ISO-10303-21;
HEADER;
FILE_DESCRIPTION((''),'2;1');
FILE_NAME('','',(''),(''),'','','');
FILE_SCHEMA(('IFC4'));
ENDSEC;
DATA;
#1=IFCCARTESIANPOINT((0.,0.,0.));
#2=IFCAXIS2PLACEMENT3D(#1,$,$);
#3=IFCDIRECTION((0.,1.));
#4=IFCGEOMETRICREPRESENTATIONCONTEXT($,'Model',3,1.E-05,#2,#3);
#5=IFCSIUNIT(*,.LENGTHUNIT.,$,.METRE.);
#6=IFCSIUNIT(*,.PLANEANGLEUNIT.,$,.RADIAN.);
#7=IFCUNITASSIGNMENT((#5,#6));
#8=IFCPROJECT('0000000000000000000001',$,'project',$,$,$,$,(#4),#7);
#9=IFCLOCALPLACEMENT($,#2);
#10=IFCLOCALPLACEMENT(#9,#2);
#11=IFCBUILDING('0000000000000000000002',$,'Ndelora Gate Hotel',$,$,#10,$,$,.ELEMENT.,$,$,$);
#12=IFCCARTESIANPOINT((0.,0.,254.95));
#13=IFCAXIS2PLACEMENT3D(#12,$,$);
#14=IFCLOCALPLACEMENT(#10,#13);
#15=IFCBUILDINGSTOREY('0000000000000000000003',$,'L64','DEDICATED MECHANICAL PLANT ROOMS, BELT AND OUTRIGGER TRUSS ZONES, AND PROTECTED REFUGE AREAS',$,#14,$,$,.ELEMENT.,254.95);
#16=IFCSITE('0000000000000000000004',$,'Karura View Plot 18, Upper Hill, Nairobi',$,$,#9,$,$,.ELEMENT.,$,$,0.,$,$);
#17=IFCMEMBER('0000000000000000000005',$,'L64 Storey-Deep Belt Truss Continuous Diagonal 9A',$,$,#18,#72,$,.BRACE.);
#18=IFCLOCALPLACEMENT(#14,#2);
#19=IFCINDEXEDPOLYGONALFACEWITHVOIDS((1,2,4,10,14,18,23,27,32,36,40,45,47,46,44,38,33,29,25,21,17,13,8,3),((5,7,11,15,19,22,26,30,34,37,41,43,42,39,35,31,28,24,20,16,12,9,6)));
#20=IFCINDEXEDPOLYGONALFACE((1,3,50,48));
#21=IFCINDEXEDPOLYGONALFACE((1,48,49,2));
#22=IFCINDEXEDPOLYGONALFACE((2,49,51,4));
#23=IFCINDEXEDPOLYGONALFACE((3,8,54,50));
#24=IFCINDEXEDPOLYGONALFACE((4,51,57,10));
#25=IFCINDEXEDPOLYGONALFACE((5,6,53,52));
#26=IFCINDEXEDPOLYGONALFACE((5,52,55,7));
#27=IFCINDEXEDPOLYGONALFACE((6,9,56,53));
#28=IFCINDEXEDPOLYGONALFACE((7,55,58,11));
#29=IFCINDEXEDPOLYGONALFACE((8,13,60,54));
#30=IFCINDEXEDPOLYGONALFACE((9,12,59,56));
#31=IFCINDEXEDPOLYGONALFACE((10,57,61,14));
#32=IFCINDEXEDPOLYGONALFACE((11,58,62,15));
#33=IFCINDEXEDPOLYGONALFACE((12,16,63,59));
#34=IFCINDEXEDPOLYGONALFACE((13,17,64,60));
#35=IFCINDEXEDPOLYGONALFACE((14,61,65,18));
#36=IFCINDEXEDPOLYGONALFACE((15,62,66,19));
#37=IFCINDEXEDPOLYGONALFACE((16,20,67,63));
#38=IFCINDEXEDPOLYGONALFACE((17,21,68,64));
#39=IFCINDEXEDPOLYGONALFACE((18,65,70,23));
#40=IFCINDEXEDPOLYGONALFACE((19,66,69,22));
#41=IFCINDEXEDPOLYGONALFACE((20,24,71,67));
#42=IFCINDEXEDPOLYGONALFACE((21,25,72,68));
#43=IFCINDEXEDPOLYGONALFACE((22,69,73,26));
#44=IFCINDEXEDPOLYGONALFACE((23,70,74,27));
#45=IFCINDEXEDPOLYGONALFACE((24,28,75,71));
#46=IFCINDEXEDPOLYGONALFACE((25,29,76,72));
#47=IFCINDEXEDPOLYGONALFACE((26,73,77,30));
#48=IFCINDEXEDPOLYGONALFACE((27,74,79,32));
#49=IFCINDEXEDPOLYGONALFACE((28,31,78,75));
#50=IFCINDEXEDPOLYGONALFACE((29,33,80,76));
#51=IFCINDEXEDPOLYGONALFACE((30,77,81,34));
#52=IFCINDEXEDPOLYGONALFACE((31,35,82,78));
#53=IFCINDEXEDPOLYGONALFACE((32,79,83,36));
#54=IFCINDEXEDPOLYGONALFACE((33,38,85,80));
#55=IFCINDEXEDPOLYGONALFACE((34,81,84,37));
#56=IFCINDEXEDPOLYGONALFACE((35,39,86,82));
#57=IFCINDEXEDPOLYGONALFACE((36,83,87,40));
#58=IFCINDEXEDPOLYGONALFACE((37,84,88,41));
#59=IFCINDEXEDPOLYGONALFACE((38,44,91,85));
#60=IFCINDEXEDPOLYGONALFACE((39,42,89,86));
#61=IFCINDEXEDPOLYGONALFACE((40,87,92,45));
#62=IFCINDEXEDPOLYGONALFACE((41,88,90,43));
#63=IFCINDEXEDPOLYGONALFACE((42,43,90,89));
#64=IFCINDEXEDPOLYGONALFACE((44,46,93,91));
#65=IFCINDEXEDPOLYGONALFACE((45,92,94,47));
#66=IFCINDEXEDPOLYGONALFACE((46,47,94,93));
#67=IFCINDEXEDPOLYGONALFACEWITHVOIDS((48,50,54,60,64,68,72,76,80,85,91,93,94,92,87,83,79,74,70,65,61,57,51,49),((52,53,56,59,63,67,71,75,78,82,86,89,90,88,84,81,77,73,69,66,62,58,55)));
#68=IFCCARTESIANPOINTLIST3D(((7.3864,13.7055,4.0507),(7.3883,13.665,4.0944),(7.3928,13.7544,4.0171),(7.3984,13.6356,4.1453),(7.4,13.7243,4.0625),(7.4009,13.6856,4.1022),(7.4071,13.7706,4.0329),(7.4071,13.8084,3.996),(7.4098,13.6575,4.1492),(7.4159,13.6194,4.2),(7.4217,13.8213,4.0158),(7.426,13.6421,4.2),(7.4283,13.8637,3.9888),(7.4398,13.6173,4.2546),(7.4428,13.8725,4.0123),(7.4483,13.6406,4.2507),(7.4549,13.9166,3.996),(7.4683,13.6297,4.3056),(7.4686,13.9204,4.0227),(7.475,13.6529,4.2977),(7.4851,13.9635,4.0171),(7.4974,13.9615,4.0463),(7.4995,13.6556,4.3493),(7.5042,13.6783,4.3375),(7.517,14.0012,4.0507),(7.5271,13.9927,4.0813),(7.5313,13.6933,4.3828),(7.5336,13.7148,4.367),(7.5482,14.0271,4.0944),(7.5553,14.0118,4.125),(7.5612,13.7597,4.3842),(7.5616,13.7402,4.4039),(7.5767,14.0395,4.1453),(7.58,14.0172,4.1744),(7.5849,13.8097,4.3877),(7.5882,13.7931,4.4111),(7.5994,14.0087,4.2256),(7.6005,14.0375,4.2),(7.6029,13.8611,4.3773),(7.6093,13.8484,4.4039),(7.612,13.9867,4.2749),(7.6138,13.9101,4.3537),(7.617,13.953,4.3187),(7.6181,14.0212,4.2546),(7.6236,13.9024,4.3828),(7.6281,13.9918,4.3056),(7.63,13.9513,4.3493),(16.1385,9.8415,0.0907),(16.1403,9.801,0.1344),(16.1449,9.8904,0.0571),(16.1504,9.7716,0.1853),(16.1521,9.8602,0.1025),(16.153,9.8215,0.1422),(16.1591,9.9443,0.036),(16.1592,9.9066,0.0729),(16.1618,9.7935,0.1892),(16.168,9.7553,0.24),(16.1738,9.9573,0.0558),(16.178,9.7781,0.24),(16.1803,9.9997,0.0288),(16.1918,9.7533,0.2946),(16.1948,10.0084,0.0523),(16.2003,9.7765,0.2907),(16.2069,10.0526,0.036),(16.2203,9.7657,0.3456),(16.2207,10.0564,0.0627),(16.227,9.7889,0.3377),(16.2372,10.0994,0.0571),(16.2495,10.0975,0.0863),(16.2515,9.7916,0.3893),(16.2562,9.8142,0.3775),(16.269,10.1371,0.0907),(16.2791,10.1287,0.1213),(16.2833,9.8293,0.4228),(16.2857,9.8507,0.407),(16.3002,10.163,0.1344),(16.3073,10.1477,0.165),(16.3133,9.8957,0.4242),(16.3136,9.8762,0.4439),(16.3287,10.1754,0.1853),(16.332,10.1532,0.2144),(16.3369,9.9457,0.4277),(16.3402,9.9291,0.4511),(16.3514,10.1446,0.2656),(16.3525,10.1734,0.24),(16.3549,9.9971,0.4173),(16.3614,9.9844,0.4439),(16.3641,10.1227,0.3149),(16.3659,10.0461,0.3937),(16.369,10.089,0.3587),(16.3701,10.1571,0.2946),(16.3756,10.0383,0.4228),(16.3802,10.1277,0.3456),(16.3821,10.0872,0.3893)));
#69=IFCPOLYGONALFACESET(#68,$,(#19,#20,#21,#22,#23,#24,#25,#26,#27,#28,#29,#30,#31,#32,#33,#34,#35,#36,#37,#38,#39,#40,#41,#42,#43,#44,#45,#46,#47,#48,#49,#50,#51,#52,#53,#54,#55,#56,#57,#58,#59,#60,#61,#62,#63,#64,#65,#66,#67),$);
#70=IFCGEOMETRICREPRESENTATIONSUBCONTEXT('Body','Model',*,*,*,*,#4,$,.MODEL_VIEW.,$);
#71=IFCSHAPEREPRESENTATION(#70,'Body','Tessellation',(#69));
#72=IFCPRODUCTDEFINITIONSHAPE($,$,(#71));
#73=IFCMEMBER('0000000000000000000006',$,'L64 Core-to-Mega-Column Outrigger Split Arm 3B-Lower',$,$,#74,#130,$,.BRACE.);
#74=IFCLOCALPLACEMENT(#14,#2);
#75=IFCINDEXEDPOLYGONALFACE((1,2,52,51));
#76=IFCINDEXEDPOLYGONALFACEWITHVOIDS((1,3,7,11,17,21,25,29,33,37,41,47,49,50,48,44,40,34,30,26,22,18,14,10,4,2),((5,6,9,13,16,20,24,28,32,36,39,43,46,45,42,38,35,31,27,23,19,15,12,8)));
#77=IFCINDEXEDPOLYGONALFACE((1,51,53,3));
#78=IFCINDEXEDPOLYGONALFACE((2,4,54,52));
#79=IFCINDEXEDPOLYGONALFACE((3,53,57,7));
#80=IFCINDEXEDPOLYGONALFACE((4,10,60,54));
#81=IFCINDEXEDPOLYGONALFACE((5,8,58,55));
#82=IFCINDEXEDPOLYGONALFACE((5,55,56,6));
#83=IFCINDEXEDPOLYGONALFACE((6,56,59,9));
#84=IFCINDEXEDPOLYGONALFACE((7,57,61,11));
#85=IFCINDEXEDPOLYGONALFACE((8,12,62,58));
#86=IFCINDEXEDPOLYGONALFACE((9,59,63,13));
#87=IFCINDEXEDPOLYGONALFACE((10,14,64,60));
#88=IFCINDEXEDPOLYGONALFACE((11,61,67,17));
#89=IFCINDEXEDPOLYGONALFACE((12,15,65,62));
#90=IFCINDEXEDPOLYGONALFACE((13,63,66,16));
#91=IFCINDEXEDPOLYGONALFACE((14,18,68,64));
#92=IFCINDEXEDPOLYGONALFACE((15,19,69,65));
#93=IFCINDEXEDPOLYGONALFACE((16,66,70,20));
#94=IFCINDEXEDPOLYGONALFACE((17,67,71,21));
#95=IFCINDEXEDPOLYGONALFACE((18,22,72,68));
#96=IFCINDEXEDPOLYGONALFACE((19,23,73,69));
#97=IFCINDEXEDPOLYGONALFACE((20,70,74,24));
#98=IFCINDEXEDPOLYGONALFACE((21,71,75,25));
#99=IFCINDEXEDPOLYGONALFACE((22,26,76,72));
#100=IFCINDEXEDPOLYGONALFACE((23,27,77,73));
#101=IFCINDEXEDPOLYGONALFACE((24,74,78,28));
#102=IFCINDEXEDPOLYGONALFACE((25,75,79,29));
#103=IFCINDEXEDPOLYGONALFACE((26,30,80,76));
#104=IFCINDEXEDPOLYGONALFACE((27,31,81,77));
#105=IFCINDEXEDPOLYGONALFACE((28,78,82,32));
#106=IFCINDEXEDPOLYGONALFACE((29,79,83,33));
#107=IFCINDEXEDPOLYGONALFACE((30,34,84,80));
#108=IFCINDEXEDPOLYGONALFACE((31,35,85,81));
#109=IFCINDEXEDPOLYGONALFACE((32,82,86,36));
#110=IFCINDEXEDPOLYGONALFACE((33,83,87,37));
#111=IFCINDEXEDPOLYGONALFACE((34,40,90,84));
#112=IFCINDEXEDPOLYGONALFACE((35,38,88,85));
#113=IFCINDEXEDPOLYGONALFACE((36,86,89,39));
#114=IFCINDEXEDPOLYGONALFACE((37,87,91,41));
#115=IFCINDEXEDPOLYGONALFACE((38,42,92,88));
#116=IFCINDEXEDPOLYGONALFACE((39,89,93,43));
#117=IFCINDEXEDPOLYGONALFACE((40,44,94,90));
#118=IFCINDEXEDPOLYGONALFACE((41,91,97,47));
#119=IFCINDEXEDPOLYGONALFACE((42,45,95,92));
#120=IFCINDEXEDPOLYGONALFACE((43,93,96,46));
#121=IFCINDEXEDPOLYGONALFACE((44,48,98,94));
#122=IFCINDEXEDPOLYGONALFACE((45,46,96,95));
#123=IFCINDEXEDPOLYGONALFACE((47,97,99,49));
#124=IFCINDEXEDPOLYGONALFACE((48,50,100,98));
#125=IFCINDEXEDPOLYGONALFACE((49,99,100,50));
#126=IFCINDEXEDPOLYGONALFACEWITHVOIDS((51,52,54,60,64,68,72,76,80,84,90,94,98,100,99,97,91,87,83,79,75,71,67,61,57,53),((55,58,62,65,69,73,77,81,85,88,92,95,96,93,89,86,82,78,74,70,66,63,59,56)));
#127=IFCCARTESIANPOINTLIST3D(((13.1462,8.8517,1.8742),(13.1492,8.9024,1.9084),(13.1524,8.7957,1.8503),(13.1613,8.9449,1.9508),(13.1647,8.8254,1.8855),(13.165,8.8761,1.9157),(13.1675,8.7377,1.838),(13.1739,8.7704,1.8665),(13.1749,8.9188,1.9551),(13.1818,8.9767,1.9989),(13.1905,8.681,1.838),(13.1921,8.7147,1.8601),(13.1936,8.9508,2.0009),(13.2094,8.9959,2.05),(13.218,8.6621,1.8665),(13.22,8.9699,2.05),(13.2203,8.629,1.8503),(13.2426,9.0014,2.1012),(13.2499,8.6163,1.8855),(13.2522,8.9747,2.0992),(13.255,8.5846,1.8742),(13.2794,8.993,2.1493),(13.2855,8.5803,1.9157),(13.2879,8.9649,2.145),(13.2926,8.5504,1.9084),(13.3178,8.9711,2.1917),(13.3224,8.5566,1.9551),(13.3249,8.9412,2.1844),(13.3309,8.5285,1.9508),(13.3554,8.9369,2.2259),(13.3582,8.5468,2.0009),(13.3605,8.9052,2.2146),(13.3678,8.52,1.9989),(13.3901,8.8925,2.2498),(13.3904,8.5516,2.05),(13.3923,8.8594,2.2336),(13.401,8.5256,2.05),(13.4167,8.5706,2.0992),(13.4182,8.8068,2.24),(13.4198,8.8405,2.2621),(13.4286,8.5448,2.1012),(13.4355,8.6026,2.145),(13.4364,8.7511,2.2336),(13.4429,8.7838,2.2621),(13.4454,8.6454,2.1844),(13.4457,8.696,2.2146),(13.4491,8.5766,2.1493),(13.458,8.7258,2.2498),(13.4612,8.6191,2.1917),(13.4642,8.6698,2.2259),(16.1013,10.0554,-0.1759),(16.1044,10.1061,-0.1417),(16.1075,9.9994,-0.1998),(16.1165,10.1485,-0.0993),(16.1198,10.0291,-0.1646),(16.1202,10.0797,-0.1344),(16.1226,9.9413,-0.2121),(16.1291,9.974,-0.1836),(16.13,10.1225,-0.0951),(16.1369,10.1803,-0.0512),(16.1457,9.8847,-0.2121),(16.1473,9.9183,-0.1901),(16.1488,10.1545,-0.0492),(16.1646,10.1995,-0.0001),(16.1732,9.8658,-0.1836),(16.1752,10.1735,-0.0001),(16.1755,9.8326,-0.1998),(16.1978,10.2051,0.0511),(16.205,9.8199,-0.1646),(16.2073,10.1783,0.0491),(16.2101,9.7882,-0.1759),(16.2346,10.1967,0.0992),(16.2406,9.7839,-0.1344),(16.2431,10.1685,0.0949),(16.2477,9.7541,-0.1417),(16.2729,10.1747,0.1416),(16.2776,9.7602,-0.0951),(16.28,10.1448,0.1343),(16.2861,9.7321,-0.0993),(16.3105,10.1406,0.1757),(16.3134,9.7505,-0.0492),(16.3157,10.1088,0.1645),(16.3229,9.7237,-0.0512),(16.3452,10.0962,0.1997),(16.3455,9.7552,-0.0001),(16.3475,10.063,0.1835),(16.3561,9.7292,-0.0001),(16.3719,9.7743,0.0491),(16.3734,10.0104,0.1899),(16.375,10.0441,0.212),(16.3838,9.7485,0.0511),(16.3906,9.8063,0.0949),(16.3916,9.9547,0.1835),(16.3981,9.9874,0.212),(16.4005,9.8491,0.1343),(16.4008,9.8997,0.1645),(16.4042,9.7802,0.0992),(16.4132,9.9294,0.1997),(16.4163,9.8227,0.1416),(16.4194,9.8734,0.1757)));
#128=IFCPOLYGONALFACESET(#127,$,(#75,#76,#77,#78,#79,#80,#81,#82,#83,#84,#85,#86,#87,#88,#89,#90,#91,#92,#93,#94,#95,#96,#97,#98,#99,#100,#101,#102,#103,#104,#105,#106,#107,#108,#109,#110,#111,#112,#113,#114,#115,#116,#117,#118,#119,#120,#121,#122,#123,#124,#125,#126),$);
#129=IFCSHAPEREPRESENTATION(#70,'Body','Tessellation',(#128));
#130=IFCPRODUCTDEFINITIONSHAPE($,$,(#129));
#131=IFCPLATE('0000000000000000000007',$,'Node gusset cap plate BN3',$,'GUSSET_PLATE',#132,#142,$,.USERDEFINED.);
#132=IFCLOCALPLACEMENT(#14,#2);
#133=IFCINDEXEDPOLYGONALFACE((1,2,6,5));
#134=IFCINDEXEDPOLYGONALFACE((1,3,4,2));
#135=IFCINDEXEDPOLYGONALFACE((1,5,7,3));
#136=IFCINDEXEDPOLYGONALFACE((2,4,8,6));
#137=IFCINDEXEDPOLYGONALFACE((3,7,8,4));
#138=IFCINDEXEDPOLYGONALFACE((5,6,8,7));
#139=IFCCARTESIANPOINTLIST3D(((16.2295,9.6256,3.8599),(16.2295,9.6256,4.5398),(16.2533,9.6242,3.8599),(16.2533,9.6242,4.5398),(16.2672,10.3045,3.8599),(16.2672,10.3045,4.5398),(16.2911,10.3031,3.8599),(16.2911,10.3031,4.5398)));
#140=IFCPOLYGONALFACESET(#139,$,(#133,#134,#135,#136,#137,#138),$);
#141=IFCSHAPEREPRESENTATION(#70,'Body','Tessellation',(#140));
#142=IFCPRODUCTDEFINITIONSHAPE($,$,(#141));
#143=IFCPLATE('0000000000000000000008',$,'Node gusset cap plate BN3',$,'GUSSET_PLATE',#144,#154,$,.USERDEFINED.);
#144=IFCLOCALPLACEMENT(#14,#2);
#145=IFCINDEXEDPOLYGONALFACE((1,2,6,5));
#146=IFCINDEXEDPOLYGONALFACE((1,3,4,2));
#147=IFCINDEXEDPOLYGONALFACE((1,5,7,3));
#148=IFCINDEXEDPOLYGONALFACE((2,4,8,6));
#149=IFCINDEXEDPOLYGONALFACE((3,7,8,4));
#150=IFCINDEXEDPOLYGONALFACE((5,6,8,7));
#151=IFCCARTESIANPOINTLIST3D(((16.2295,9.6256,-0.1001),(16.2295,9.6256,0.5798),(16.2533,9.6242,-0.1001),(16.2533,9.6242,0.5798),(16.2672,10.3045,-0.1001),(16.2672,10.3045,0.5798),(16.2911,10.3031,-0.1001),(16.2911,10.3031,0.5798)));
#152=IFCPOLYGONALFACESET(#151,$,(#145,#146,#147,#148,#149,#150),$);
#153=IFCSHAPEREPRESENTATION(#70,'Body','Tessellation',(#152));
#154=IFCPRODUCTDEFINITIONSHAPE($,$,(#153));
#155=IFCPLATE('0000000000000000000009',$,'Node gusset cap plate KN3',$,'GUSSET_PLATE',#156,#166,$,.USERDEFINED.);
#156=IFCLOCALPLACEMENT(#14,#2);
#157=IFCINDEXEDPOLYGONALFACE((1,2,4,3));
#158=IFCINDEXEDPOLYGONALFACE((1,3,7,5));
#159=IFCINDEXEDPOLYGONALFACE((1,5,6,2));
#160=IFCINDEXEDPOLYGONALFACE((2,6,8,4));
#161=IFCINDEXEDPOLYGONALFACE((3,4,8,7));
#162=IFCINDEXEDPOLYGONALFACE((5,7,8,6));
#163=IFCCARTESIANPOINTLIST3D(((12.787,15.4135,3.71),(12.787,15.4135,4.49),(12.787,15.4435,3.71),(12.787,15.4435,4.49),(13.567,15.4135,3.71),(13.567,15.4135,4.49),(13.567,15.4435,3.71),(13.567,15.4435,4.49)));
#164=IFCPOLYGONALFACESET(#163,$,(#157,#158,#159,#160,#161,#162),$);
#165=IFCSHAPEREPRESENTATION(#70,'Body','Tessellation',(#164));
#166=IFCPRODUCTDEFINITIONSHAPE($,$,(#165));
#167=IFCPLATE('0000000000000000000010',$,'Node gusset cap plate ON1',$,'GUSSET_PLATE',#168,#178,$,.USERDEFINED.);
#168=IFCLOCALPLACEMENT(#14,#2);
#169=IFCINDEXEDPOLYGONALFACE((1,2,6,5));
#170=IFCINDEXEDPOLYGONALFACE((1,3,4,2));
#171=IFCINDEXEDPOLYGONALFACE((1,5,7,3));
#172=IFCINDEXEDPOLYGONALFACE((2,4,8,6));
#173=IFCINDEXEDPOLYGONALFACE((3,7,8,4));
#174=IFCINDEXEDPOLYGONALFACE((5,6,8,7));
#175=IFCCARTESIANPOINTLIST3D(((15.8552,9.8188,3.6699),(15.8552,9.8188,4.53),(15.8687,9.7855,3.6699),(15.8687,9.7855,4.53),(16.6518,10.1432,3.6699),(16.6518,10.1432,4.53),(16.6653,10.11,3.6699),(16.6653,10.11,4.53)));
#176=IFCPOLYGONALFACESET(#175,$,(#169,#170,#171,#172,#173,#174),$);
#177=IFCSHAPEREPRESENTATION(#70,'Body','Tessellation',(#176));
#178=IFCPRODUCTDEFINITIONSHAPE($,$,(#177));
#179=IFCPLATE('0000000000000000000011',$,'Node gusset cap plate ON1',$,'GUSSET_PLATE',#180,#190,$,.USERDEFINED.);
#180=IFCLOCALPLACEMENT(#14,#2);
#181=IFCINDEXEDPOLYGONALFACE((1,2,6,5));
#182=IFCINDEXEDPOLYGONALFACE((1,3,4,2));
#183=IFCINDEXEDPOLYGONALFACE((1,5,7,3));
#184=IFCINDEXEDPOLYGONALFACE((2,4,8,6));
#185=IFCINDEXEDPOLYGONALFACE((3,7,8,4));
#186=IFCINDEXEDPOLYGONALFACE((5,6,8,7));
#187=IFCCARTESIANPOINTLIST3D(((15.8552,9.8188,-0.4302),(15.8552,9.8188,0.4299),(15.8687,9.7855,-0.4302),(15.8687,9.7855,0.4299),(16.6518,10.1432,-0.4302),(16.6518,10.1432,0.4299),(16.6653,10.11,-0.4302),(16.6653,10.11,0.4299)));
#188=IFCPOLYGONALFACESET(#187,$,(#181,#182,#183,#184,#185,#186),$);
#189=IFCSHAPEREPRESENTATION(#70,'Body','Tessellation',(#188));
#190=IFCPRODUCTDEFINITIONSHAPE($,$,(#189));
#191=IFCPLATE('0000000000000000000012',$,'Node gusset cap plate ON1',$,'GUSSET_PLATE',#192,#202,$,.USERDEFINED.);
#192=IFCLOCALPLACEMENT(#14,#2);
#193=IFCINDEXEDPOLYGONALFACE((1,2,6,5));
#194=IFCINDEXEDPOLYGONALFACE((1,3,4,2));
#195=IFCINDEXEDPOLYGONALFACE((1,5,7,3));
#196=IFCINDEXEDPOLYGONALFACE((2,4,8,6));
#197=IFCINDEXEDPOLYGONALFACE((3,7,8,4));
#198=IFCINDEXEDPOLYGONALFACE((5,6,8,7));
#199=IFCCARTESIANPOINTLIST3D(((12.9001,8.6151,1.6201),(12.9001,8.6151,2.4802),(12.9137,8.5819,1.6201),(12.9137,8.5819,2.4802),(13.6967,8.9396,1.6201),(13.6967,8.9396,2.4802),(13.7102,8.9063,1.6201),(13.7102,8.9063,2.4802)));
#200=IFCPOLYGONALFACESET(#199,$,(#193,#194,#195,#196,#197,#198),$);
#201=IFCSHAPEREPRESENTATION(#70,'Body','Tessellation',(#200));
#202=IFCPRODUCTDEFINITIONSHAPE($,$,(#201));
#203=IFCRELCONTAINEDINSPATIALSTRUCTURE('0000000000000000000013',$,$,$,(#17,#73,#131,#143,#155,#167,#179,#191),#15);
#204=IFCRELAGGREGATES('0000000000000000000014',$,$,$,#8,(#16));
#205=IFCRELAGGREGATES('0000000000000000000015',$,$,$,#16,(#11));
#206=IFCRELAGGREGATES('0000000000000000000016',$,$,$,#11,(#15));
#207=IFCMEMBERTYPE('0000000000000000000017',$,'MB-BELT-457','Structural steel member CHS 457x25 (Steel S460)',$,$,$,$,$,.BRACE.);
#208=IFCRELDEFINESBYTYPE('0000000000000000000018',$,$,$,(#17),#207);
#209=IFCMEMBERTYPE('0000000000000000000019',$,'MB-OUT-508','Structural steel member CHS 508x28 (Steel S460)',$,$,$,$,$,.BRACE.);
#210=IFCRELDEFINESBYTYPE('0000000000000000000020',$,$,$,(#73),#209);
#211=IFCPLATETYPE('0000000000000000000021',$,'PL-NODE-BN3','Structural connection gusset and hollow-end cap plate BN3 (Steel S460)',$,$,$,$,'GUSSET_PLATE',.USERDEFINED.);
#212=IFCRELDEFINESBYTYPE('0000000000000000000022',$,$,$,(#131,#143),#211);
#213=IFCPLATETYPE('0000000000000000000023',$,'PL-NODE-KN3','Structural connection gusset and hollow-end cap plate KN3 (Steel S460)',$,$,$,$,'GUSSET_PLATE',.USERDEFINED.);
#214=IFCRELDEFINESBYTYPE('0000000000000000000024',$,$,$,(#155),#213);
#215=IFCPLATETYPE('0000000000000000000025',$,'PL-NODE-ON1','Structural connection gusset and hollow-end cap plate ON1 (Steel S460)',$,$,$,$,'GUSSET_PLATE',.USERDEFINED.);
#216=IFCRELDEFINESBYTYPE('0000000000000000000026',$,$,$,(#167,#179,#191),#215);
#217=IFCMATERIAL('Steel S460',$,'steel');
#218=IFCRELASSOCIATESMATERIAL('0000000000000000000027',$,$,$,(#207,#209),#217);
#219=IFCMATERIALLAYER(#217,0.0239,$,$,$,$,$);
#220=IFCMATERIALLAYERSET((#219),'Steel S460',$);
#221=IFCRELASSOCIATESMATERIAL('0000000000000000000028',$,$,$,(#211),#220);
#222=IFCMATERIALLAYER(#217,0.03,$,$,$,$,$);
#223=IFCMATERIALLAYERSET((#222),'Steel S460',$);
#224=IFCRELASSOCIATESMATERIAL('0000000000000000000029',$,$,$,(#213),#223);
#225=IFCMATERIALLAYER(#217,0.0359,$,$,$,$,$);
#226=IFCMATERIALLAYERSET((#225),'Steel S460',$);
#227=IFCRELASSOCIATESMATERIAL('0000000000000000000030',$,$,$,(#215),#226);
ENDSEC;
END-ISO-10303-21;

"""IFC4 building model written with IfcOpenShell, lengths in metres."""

from ifc_helpers import new_model, si_unit, direction, frame, origin, origin_2d, place, context, subcontext, project, spatial, rectangle, hollow_circle, extrude, material, layer, layer_set, material_profile, profile_set, type_object, element, save


model = new_model("IFC4")

# Units and contexts
model_context = context("Model", 3, precision=1e-05, world=origin(), true_north=direction((0.0, 1.0)))
body_context = subcontext(model_context, "Body", "Model", "MODEL_VIEW")
ifc_project = project(units=[si_unit("LENGTHUNIT", "METRE"), si_unit("PLANEANGLEUNIT", "RADIAN")], contexts=[model_context])

# Site, building, storey
site_placement = place(None, origin())
site = spatial("IfcSite", under=ifc_project, at=site_placement, Name="Karura View Plot 18, Upper Hill, Nairobi", CompositionType="ELEMENT", RefElevation=0.0)
building_placement = place(site_placement, origin())
building = spatial("IfcBuilding", under=site, at=building_placement, Name="Ndelora Gate Hotel", CompositionType="ELEMENT")
storey_placement = place(building_placement, frame((0.0, 0.0, 254.95)))
storey = spatial("IfcBuildingStorey", under=building, at=storey_placement, Name="L64", Description="DEDICATED MECHANICAL PLANT ROOMS, BELT AND OUTRIGGER TRUSS ZONES, AND PROTECTED REFUGE AREAS", CompositionType="ELEMENT", Elevation=254.95)

# Shared definitions
ifc_material_1 = material(Name="Steel S460", Category="steel")

# Members
ifc_material_profile_1 = material_profile(ifc_material_1, hollow_circle(Radius=0.2285, WallThickness=0.0249, at=origin_2d()), Name="CHS 457x25")
ifc_profile_set_1 = profile_set([ifc_material_profile_1], Name="Steel S460")
member_type_1 = type_object("IfcMemberType", Name="MB-BELT-457", Description="Structural steel member CHS 457x25 (Steel S460)", PredefinedType="BRACE", material=ifc_profile_set_1)
member_1_placement = place(storey_placement, frame((16.2603, 9.9644, 0.24), z_axis=(-0.84526, 0.373185, 0.382451), x_axis=(-0.40389, -0.914807, 0.0)))
element("IfcMember", 1, at=member_1_placement, inside=storey, type_object=member_type_1, Name="L64 Storey-Deep Belt Truss Continuous Diagonal 9A", PredefinedType="BRACE", context=body_context, shape_type="SweptSolid", body=[
    extrude(hollow_circle(Radius=0.2285, WallThickness=0.0249, at=origin_2d()), origin(), (0.0, 0.0, 1.0), 10.3542),
])
ifc_material_profile_2 = material_profile(ifc_material_1, hollow_circle(Radius=0.2539, WallThickness=0.0281, at=origin_2d()), Name="CHS 508x28")
ifc_profile_set_2 = profile_set([ifc_material_profile_2], Name="Steel S460")
member_type_2 = type_object("IfcMemberType", Name="MB-OUT-508", Description="Structural steel member CHS 508x28 (Steel S460)", PredefinedType="BRACE", material=ifc_profile_set_2)
member_2_placement = place(storey_placement, frame((13.3052, 8.7607, 2.05), z_axis=(0.779168, 0.317358, -0.540538), x_axis=(-0.377214, 0.926126, 0.0)))
element("IfcMember", 2, at=member_2_placement, inside=storey, type_object=member_type_2, Name="L64 Core-to-Mega-Column Outrigger Split Arm 3B-Lower", PredefinedType="BRACE", context=body_context, shape_type="SweptSolid", body=[
    extrude(hollow_circle(Radius=0.2539, WallThickness=0.0281, at=origin_2d()), origin(), (0.0, 0.0, 1.0), 3.7927),
])

# Plates
ifc_layer_1 = layer(ifc_material_1, 0.0239)
ifc_layer_set_1 = layer_set([ifc_layer_1], Name="Steel S460")
plate_type_1 = type_object("IfcPlateType", Name="PL-NODE-BN3", Description="Structural connection gusset and hollow-end cap plate BN3 (Steel S460)", ElementType="GUSSET_PLATE", PredefinedType="USERDEFINED", material=ifc_layer_set_1)
for number, where, z_axis, x_axis, name in (
    (3, (16.2603, 9.9644, 3.8599), (0.0, 0.0, 1.0), (0.055473, 0.99846, 0.0), "Node gusset cap plate BN3"),
    (4, (16.2603, 9.9644, -0.1001), (0.0, 0.0, 1.0), (0.055473, 0.99846, 0.0), "Node gusset cap plate BN3"),
):
    element("IfcPlate", number, at=place(storey_placement, frame(where, z_axis=z_axis, x_axis=x_axis)), inside=storey, type_object=plate_type_1, Name=name, ObjectType="GUSSET_PLATE", PredefinedType="USERDEFINED", context=body_context, shape_type="SweptSolid", body=[
        extrude(rectangle(XDim=0.6799, YDim=0.0239, at=origin_2d()), origin(), (0.0, 0.0, 1.0), 0.6799),
    ])
ifc_layer_2 = layer(ifc_material_1, 0.03)
ifc_layer_set_2 = layer_set([ifc_layer_2], Name="Steel S460")
plate_type_2 = type_object("IfcPlateType", Name="PL-NODE-KN3", Description="Structural connection gusset and hollow-end cap plate KN3 (Steel S460)", ElementType="GUSSET_PLATE", PredefinedType="USERDEFINED", material=ifc_layer_set_2)
plate_placement = place(storey_placement, frame((13.177, 15.4285, 3.71), z_axis=(0.0, 0.0, 1.0), x_axis=(1.0, 0.0, 0.0)))
element("IfcPlate", 5, at=plate_placement, inside=storey, type_object=plate_type_2, Name="Node gusset cap plate KN3", ObjectType="GUSSET_PLATE", PredefinedType="USERDEFINED", context=body_context, shape_type="SweptSolid", body=[
    extrude(rectangle(XDim=0.78, YDim=0.03, at=origin_2d()), origin(), (0.0, 0.0, 1.0), 0.78),
])
ifc_layer_3 = layer(ifc_material_1, 0.0359)
ifc_layer_set_3 = layer_set([ifc_layer_3], Name="Steel S460")
plate_type_3 = type_object("IfcPlateType", Name="PL-NODE-ON1", Description="Structural connection gusset and hollow-end cap plate ON1 (Steel S460)", ElementType="GUSSET_PLATE", PredefinedType="USERDEFINED", material=ifc_layer_set_3)
for number, where, z_axis, x_axis, name in (
    (6, (16.2603, 9.9644, 3.6699), (0.0, 0.0, 1.0), (0.926134, 0.377194, 0.0), "Node gusset cap plate ON1"),
    (7, (16.2603, 9.9644, -0.4302), (0.0, 0.0, 1.0), (0.926134, 0.377194, 0.0), "Node gusset cap plate ON1"),
    (8, (13.3052, 8.7607, 1.6201), (0.0, 0.0, 1.0), (0.926134, 0.377194, 0.0), "Node gusset cap plate ON1"),
):
    element("IfcPlate", number, at=place(storey_placement, frame(where, z_axis=z_axis, x_axis=x_axis)), inside=storey, type_object=plate_type_3, Name=name, ObjectType="GUSSET_PLATE", PredefinedType="USERDEFINED", context=body_context, shape_type="SweptSolid", body=[
        extrude(rectangle(XDim=0.8601, YDim=0.0359, at=origin_2d()), origin(), (0.0, 0.0, 1.0), 0.8601),
    ])

save(model, "model.ifc")
